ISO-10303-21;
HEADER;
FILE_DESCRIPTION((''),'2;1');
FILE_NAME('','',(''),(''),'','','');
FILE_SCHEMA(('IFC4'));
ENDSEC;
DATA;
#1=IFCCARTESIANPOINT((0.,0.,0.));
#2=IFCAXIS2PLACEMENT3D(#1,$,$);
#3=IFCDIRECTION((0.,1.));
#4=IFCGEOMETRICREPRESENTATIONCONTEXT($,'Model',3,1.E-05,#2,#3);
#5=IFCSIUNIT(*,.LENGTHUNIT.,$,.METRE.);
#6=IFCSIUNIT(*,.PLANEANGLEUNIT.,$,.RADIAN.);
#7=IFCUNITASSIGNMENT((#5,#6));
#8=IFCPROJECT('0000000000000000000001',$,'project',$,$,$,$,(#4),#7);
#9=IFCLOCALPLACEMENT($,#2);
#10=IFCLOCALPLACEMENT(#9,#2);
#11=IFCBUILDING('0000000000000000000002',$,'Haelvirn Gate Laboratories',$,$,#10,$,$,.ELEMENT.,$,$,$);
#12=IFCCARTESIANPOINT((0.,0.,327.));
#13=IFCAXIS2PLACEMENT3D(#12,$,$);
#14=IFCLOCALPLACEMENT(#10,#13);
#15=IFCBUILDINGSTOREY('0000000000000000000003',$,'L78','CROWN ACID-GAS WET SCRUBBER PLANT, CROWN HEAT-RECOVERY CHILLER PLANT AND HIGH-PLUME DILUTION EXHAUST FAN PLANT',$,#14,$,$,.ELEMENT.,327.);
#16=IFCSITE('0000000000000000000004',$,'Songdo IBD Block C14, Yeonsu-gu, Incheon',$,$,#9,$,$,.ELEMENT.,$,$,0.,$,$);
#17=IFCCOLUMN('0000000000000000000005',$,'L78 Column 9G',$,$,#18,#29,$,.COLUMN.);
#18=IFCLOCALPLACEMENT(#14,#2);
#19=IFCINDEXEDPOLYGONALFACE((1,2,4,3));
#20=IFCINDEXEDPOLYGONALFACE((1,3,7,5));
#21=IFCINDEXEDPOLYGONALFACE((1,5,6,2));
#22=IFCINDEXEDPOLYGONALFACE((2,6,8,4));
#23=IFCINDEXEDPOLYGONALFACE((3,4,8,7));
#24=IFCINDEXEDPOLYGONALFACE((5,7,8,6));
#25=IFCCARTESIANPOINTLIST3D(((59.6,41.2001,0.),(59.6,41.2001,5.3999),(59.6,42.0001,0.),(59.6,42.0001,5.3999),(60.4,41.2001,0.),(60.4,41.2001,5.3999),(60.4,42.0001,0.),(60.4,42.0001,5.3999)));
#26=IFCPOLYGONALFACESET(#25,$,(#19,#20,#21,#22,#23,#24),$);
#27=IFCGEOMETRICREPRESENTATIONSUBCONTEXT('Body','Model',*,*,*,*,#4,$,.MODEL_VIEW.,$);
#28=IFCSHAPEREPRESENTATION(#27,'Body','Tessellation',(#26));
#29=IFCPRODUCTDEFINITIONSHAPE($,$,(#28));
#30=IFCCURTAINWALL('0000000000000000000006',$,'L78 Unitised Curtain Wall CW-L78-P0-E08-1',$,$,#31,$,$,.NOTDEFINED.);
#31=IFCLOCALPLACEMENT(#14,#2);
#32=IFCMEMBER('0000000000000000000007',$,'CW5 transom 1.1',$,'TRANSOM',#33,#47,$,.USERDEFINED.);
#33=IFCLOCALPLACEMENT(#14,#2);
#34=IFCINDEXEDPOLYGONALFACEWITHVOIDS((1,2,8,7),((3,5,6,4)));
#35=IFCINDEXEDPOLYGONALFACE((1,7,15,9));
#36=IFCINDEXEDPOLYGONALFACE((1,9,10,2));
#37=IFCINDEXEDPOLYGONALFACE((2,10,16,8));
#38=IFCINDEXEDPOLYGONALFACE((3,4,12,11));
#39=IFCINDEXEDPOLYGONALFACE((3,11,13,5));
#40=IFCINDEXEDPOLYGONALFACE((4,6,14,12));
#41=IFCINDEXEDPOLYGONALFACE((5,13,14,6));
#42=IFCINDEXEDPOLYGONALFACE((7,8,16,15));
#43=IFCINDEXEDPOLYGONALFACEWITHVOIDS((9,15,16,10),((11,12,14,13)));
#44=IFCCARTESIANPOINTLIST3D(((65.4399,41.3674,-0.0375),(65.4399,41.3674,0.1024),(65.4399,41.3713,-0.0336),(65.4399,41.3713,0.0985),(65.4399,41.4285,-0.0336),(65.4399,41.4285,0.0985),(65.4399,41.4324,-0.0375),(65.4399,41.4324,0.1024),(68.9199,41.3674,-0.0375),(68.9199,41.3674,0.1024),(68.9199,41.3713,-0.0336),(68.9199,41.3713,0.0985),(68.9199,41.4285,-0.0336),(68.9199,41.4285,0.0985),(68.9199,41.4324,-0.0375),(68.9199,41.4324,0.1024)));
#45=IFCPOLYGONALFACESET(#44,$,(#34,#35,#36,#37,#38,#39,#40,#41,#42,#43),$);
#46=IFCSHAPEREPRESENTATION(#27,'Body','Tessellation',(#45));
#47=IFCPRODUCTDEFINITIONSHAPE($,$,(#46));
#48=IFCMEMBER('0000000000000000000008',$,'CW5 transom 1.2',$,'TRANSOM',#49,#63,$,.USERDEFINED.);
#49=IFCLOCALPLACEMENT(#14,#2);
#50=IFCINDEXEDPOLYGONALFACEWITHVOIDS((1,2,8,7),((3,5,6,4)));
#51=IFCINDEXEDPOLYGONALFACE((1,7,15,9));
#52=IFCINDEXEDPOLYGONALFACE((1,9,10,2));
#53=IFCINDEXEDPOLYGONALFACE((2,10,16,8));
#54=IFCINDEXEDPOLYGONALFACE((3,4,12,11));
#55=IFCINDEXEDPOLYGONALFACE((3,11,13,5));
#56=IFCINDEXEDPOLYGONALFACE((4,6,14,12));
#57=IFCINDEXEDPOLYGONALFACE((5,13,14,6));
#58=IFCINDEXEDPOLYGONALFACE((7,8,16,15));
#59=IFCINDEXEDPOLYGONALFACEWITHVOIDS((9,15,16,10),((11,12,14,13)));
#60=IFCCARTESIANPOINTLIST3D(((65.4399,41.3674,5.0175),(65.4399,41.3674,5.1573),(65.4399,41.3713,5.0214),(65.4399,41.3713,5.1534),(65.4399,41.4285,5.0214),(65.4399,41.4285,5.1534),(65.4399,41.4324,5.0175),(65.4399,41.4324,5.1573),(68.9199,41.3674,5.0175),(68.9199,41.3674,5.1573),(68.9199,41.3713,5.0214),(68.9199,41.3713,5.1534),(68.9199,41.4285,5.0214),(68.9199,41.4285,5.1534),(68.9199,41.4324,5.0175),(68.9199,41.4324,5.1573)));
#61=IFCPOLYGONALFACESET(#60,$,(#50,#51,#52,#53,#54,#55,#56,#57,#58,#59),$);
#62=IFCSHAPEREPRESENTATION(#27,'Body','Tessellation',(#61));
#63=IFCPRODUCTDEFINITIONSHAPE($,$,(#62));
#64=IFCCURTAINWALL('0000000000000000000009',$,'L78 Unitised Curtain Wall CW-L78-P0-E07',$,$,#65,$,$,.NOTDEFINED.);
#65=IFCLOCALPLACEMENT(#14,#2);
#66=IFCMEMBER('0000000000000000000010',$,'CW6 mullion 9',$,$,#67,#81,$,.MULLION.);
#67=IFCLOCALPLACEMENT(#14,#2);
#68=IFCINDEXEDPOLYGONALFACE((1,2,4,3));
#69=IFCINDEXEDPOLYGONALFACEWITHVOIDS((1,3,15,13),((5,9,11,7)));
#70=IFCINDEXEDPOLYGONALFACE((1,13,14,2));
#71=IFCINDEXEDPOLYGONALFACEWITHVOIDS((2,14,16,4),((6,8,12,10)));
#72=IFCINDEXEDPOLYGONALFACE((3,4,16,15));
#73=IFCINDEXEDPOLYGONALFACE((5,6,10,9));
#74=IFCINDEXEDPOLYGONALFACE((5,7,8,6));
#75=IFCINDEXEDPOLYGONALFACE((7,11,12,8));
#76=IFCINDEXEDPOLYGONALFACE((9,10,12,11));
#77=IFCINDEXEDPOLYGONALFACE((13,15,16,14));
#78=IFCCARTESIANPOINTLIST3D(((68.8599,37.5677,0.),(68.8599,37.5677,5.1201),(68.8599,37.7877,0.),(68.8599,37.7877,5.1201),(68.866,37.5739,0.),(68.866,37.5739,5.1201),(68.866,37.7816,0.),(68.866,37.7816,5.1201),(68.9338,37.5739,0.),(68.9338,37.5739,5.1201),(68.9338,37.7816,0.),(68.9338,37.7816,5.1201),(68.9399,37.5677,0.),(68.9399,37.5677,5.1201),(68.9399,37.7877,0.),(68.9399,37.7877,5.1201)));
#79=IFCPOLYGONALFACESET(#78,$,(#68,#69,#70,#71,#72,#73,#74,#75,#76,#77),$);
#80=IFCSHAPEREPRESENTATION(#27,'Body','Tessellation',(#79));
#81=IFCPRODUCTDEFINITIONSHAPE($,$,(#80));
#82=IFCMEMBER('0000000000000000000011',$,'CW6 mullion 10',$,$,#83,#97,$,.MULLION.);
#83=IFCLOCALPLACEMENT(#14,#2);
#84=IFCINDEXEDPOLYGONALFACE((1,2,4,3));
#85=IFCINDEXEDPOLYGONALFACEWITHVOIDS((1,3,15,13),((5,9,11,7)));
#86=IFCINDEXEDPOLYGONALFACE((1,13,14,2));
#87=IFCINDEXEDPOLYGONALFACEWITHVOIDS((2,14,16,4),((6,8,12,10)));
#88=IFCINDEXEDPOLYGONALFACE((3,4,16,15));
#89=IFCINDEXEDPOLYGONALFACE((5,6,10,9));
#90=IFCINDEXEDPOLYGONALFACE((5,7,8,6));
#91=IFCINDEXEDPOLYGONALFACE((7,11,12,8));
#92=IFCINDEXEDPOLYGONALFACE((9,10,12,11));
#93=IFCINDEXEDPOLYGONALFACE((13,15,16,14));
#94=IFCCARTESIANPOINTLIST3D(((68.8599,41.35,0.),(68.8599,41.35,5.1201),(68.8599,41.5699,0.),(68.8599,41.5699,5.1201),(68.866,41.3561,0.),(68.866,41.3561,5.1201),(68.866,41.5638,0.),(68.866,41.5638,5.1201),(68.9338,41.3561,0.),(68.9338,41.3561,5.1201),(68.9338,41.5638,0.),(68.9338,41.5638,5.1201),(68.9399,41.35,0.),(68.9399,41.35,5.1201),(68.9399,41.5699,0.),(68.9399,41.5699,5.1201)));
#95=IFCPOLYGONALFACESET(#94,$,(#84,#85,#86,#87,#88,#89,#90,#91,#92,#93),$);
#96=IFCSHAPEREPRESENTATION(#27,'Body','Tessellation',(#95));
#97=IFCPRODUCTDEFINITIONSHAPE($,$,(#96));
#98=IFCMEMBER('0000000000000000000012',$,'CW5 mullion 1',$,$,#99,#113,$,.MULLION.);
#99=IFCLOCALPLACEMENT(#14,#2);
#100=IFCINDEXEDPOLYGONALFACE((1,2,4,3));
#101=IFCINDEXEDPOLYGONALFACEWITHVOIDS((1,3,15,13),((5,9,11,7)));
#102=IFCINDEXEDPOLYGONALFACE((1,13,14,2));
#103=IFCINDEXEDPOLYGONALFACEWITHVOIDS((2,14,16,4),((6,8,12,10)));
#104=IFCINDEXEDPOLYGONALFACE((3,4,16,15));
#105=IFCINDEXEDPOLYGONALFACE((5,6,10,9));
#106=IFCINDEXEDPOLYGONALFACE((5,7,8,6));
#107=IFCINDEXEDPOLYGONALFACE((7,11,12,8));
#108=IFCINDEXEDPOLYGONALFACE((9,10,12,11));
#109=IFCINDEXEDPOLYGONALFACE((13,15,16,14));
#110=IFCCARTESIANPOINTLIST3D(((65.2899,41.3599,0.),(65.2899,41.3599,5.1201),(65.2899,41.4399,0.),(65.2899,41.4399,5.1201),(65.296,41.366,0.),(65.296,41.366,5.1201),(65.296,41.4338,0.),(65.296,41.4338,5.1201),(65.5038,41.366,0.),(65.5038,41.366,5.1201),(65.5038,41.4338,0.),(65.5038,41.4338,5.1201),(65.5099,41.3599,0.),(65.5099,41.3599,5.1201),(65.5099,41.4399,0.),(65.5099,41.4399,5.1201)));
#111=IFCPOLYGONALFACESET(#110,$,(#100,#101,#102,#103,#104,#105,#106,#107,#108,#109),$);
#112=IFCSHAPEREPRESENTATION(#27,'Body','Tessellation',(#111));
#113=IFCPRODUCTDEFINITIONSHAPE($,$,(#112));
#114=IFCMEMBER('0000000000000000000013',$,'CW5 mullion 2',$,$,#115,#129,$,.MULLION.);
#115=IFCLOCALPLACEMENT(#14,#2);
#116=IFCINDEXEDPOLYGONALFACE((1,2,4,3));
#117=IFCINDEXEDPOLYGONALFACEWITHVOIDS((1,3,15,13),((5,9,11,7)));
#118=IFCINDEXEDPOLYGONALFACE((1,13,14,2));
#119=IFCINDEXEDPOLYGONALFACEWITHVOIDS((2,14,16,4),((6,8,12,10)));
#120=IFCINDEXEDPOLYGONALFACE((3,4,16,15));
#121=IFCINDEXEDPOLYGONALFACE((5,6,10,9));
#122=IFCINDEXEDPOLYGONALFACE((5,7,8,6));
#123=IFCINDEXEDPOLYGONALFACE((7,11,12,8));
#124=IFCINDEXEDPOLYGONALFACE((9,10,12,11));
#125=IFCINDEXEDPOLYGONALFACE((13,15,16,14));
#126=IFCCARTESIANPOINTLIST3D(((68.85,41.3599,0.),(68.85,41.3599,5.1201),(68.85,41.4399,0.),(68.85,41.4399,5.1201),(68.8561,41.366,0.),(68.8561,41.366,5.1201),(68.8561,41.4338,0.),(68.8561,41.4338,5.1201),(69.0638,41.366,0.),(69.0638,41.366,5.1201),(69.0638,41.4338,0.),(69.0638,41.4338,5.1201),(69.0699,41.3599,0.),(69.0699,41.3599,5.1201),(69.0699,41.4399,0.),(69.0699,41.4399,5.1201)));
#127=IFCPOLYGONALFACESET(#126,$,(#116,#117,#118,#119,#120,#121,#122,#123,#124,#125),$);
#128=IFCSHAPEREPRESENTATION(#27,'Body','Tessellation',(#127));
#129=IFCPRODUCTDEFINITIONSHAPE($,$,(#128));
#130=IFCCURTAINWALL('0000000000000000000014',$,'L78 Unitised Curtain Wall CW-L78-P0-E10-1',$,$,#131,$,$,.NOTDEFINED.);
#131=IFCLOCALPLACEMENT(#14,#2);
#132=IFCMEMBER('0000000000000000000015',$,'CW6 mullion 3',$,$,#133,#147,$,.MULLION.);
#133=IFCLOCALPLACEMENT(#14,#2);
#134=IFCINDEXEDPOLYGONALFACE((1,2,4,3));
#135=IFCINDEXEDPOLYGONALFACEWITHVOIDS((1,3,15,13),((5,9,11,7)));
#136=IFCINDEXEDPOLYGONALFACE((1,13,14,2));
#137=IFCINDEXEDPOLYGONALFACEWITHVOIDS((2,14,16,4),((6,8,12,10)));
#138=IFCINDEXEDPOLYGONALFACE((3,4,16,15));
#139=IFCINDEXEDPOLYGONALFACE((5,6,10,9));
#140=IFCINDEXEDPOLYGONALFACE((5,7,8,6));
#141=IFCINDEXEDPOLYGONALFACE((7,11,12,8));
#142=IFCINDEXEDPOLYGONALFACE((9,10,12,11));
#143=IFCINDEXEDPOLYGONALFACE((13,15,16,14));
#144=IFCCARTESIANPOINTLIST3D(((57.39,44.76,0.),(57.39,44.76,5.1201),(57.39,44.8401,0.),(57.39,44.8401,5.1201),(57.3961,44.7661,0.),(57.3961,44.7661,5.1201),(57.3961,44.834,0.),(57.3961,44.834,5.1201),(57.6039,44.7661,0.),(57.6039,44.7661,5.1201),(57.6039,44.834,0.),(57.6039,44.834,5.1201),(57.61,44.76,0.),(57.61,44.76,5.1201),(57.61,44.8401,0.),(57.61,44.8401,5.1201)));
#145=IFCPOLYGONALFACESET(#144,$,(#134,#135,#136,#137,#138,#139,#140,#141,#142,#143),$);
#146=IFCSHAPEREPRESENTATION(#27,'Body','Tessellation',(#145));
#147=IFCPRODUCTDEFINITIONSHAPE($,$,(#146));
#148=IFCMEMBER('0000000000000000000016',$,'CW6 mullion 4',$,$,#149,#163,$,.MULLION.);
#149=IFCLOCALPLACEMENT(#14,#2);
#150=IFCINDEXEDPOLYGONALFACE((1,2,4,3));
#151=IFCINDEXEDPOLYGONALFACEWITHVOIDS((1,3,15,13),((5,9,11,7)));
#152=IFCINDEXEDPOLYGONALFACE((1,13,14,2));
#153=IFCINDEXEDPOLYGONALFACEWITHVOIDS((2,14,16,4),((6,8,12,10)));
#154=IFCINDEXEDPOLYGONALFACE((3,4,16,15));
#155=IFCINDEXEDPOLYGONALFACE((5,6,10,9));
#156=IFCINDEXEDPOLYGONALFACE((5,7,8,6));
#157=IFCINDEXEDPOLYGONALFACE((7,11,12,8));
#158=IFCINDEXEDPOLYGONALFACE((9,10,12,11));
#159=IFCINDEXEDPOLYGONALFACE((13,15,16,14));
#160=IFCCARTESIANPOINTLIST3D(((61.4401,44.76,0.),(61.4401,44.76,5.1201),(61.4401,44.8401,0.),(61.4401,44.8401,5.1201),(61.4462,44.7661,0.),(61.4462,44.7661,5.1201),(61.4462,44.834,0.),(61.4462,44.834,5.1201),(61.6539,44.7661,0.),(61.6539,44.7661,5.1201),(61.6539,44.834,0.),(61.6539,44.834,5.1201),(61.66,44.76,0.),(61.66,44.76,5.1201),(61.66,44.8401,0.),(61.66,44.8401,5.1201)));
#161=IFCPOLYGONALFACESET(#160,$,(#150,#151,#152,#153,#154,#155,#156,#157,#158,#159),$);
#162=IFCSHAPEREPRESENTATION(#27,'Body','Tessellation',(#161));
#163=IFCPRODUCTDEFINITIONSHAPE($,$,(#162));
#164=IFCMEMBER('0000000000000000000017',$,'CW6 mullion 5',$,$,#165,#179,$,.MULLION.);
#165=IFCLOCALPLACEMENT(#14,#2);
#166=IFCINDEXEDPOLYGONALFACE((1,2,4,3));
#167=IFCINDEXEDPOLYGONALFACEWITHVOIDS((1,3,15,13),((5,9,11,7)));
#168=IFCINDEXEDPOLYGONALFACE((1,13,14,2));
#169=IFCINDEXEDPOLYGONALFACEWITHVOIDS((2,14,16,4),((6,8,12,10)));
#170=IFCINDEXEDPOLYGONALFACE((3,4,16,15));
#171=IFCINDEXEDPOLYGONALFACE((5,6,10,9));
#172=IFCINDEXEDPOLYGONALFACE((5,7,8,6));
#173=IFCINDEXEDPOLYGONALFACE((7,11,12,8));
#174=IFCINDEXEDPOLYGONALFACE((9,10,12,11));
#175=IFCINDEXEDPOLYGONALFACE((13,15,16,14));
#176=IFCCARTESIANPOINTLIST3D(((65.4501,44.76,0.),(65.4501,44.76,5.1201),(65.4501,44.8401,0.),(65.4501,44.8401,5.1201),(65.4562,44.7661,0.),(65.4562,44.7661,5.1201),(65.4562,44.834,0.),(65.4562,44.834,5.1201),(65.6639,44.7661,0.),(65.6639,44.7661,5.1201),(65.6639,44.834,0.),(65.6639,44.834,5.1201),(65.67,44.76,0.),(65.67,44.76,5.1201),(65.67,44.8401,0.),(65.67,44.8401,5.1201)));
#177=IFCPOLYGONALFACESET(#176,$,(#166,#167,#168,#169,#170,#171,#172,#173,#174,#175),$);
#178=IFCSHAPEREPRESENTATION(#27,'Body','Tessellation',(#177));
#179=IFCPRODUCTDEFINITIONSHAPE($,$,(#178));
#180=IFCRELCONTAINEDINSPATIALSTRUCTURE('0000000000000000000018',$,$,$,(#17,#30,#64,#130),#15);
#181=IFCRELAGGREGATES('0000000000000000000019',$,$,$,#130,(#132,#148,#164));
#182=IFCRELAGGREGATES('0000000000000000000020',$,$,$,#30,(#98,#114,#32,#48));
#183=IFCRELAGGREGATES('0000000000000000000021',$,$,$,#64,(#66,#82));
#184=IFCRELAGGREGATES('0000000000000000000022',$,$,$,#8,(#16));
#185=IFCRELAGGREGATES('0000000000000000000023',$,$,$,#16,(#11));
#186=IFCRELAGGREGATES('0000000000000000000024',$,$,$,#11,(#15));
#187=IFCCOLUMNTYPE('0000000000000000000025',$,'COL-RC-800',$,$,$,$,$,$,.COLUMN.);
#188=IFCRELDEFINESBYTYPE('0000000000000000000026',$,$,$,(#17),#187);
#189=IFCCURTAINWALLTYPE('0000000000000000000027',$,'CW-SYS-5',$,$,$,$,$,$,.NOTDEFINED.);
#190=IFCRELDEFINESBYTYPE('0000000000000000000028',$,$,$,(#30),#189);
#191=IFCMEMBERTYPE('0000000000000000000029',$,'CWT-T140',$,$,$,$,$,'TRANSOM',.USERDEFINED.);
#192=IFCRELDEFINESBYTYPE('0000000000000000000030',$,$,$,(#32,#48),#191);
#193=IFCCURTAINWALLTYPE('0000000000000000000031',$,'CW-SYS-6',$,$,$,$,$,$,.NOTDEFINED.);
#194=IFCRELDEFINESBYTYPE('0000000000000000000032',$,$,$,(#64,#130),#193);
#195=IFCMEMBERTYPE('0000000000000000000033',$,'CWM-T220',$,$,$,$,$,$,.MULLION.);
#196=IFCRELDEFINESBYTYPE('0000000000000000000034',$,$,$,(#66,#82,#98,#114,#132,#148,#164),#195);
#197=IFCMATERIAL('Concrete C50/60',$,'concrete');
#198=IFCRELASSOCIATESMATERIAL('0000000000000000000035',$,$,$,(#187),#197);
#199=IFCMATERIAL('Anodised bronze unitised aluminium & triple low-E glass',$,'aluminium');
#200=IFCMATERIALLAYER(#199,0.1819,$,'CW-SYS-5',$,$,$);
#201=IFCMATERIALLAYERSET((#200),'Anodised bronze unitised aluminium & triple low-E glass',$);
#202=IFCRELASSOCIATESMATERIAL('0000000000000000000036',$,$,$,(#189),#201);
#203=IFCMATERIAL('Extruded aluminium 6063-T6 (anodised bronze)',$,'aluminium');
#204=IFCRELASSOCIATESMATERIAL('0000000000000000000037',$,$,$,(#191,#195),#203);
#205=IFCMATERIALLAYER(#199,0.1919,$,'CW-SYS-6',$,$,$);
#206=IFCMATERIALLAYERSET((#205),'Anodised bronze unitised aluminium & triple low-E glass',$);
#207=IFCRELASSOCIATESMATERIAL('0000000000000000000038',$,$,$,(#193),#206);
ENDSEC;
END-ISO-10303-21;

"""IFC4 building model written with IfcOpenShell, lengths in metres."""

from ifc_helpers import new_model, si_unit, direction, frame, origin, origin_2d, place, context, subcontext, project, spatial, rectangle, hollow_rectangle, extrude, source, transform, mapped, material, layer, layer_set, material_profile, profile_set, type_object, type_shapes, element, aggregate, save


model = new_model("IFC4")

# Units and contexts
model_context = context("Model", 3, precision=1e-05, world=origin(), true_north=direction((0.0, 1.0)))
body_context = subcontext(model_context, "Body", "Model", "MODEL_VIEW")
ifc_project = project(units=[si_unit("LENGTHUNIT", "METRE"), si_unit("PLANEANGLEUNIT", "RADIAN")], contexts=[model_context])

# Site, building, storey
site_placement = place(None, origin())
site = spatial("IfcSite", under=ifc_project, at=site_placement, Name="Songdo IBD Block C14, Yeonsu-gu, Incheon", CompositionType="ELEMENT", RefElevation=0.0)
building_placement = place(site_placement, origin())
building = spatial("IfcBuilding", under=site, at=building_placement, Name="Haelvirn Gate Laboratories", CompositionType="ELEMENT")
storey_placement = place(building_placement, frame((0.0, 0.0, 327.0)))
storey = spatial("IfcBuildingStorey", under=building, at=storey_placement, Name="L78", Description="CROWN ACID-GAS WET SCRUBBER PLANT, CROWN HEAT-RECOVERY CHILLER PLANT AND HIGH-PLUME DILUTION EXHAUST FAN PLANT", CompositionType="ELEMENT", Elevation=327.0)

# Column
ifc_material_1 = material(Name="Concrete C50/60", Category="concrete")
ifc_material_profile_1 = material_profile(ifc_material_1, rectangle(XDim=0.8, YDim=0.8, at=origin_2d()), Name="RC-800x800")
ifc_profile_set_1 = profile_set([ifc_material_profile_1], Name="Concrete C50/60")
column_type = type_object("IfcColumnType", Name="COL-RC-800", PredefinedType="COLUMN", material=ifc_profile_set_1)
shared_shape_1 = source(origin(), body_context, "Body", "SweptSolid", [
    extrude(rectangle(XDim=0.8, YDim=0.8, at=origin_2d()), origin(), (0.0, 0.0, 1.0), 5.3999),
])
type_shapes(column_type, [shared_shape_1])
column_placement = place(storey_placement, frame((60.0, 41.6001, 0.0), z_axis=(0.0, 0.0, 1.0), x_axis=(1.0, 0.0, 0.0)))
element("IfcColumn", 1, at=column_placement, inside=storey, type_object=column_type, Name="L78 Column 9G", PredefinedType="COLUMN", context=body_context, shape_type="MappedRepresentation", body=[
    mapped(shared_shape_1, transform((0.0, 0.0, 0.0), scale=1.0)),
])

# Curtain walls, members
ifc_material_2 = material(Name="Anodised bronze unitised aluminium & triple low-E glass", Category="aluminium")
ifc_layer_1 = layer(ifc_material_2, 0.1819, Name="CW-SYS-5")
ifc_layer_set_1 = layer_set([ifc_layer_1], Name="Anodised bronze unitised aluminium & triple low-E glass")
curtain_wall_type_1 = type_object("IfcCurtainWallType", Name="CW-SYS-5", PredefinedType="NOTDEFINED", material=ifc_layer_set_1)
curtain_wall_1_placement = place(storey_placement, origin())
curtain_wall_1 = element("IfcCurtainWall", 2, at=curtain_wall_1_placement, inside=storey, type_object=curtain_wall_type_1, Name="L78 Unitised Curtain Wall CW-L78-P0-E08-1", PredefinedType="NOTDEFINED")
ifc_material_3 = material(Name="Extruded aluminium 6063-T6 (anodised bronze)", Category="aluminium")
ifc_material_profile_2 = material_profile(ifc_material_3, hollow_rectangle(XDim=0.0649, YDim=0.1399, WallThickness=0.0039, at=origin_2d()), Name="CWT-140x65x4")
ifc_profile_set_2 = profile_set([ifc_material_profile_2], Name="Extruded aluminium 6063-T6 (anodised bronze)")
member_type_1 = type_object("IfcMemberType", Name="CWT-T140", ElementType="TRANSOM", PredefinedType="USERDEFINED", material=ifc_profile_set_2)
shared_shape_2 = source(origin(), body_context, "Body", "SweptSolid", [
    extrude(hollow_rectangle(XDim=0.0649, YDim=0.1399, WallThickness=0.0039, at=origin_2d()), origin(), (0.0, 0.0, 1.0), 3.48),
])
type_shapes(member_type_1, [shared_shape_2])
member_1_placement = place(storey_placement, frame((65.4399, 41.3999, 0.0325), z_axis=(1.0, 0.0, 0.0), x_axis=(0.0, 1.0, 0.0)))
member_1 = element("IfcMember", 3, at=member_1_placement, type_object=member_type_1, Name="CW5 transom 1.1", ObjectType="TRANSOM", PredefinedType="USERDEFINED", context=body_context, shape_type="MappedRepresentation", body=[
    mapped(shared_shape_2, transform((0.0, 0.0, 0.0), scale=1.0)),
])
member_2_placement = place(storey_placement, frame((65.4399, 41.3999, 5.0874), z_axis=(1.0, 0.0, 0.0), x_axis=(0.0, 1.0, 0.0)))
member_2 = element("IfcMember", 4, at=member_2_placement, type_object=member_type_1, Name="CW5 transom 1.2", ObjectType="TRANSOM", PredefinedType="USERDEFINED", context=body_context, shape_type="MappedRepresentation", body=[
    mapped(shared_shape_2, transform((0.0, 0.0, 0.0), scale=1.0)),
])
ifc_layer_2 = layer(ifc_material_2, 0.1919, Name="CW-SYS-6")
ifc_layer_set_2 = layer_set([ifc_layer_2], Name="Anodised bronze unitised aluminium & triple low-E glass")
curtain_wall_type_2 = type_object("IfcCurtainWallType", Name="CW-SYS-6", PredefinedType="NOTDEFINED", material=ifc_layer_set_2)
curtain_wall_2_placement = place(storey_placement, origin())
curtain_wall_2 = element("IfcCurtainWall", 5, at=curtain_wall_2_placement, inside=storey, type_object=curtain_wall_type_2, Name="L78 Unitised Curtain Wall CW-L78-P0-E07", PredefinedType="NOTDEFINED")
ifc_material_profile_3 = material_profile(ifc_material_3, hollow_rectangle(XDim=0.0801, YDim=0.22, WallThickness=0.0061, at=origin_2d()), Name="CWM-220x80x6")
ifc_profile_set_3 = profile_set([ifc_material_profile_3], Name="Extruded aluminium 6063-T6 (anodised bronze)")
member_type_2 = type_object("IfcMemberType", Name="CWM-T220", PredefinedType="MULLION", material=ifc_profile_set_3)
shared_shape_3 = source(origin(), body_context, "Body", "SweptSolid", [
    extrude(hollow_rectangle(XDim=0.0801, YDim=0.22, WallThickness=0.0061, at=origin_2d()), origin(), (0.0, 0.0, 1.0), 5.1201),
])
type_shapes(member_type_2, [shared_shape_3])
member_3_placement = place(storey_placement, frame((68.8999, 37.6777, 0.0), z_axis=(0.0, 0.0, 1.0), x_axis=(-1.0, 0.0, 0.0)))
member_3 = element("IfcMember", 6, at=member_3_placement, type_object=member_type_2, Name="CW6 mullion 9", PredefinedType="MULLION", context=body_context, shape_type="MappedRepresentation", body=[
    mapped(shared_shape_3, transform((0.0, 0.0, 0.0), scale=1.0)),
])
member_4_placement = place(storey_placement, frame((68.8999, 41.46, 0.0), z_axis=(0.0, 0.0, 1.0), x_axis=(-1.0, 0.0, 0.0)))
member_4 = element("IfcMember", 7, at=member_4_placement, type_object=member_type_2, Name="CW6 mullion 10", PredefinedType="MULLION", context=body_context, shape_type="MappedRepresentation", body=[
    mapped(shared_shape_3, transform((0.0, 0.0, 0.0), scale=1.0)),
])

# Members
member_5_placement = place(storey_placement, frame((65.3999, 41.3999, 0.0), z_axis=(0.0, 0.0, 1.0), x_axis=(0.0, 1.0, 0.0)))
member_5 = element("IfcMember", 8, at=member_5_placement, type_object=member_type_2, Name="CW5 mullion 1", PredefinedType="MULLION", context=body_context, shape_type="MappedRepresentation", body=[
    mapped(shared_shape_3, transform((0.0, 0.0, 0.0), scale=1.0)),
])
member_6_placement = place(storey_placement, frame((68.96, 41.3999, 0.0), z_axis=(0.0, 0.0, 1.0), x_axis=(0.0, 1.0, 0.0)))
member_6 = element("IfcMember", 9, at=member_6_placement, type_object=member_type_2, Name="CW5 mullion 2", PredefinedType="MULLION", context=body_context, shape_type="MappedRepresentation", body=[
    mapped(shared_shape_3, transform((0.0, 0.0, 0.0), scale=1.0)),
])

# Curtain wall, members
curtain_wall_3_placement = place(storey_placement, origin())
curtain_wall_3 = element("IfcCurtainWall", 10, at=curtain_wall_3_placement, inside=storey, type_object=curtain_wall_type_2, Name="L78 Unitised Curtain Wall CW-L78-P0-E10-1", PredefinedType="NOTDEFINED")
member_7_placement = place(storey_placement, frame((57.5, 44.8, 0.0), z_axis=(0.0, 0.0, 1.0), x_axis=(0.0, 1.0, 0.0)))
member_7 = element("IfcMember", 11, at=member_7_placement, type_object=member_type_2, Name="CW6 mullion 3", PredefinedType="MULLION", context=body_context, shape_type="MappedRepresentation", body=[
    mapped(shared_shape_3, transform((0.0, 0.0, 0.0), scale=1.0)),
])
member_8_placement = place(storey_placement, frame((61.55, 44.8, 0.0), z_axis=(0.0, 0.0, 1.0), x_axis=(0.0, 1.0, 0.0)))
member_8 = element("IfcMember", 12, at=member_8_placement, type_object=member_type_2, Name="CW6 mullion 4", PredefinedType="MULLION", context=body_context, shape_type="MappedRepresentation", body=[
    mapped(shared_shape_3, transform((0.0, 0.0, 0.0), scale=1.0)),
])
member_9_placement = place(storey_placement, frame((65.5601, 44.8, 0.0), z_axis=(0.0, 0.0, 1.0), x_axis=(0.0, 1.0, 0.0)))
member_9 = element("IfcMember", 13, at=member_9_placement, type_object=member_type_2, Name="CW6 mullion 5", PredefinedType="MULLION", context=body_context, shape_type="MappedRepresentation", body=[
    mapped(shared_shape_3, transform((0.0, 0.0, 0.0), scale=1.0)),
])

aggregate(curtain_wall_3, [member_7, member_8, member_9])
aggregate(curtain_wall_1, [member_5, member_6, member_1, member_2])
aggregate(curtain_wall_2, [member_3, member_4])

save(model, "model.ifc")
